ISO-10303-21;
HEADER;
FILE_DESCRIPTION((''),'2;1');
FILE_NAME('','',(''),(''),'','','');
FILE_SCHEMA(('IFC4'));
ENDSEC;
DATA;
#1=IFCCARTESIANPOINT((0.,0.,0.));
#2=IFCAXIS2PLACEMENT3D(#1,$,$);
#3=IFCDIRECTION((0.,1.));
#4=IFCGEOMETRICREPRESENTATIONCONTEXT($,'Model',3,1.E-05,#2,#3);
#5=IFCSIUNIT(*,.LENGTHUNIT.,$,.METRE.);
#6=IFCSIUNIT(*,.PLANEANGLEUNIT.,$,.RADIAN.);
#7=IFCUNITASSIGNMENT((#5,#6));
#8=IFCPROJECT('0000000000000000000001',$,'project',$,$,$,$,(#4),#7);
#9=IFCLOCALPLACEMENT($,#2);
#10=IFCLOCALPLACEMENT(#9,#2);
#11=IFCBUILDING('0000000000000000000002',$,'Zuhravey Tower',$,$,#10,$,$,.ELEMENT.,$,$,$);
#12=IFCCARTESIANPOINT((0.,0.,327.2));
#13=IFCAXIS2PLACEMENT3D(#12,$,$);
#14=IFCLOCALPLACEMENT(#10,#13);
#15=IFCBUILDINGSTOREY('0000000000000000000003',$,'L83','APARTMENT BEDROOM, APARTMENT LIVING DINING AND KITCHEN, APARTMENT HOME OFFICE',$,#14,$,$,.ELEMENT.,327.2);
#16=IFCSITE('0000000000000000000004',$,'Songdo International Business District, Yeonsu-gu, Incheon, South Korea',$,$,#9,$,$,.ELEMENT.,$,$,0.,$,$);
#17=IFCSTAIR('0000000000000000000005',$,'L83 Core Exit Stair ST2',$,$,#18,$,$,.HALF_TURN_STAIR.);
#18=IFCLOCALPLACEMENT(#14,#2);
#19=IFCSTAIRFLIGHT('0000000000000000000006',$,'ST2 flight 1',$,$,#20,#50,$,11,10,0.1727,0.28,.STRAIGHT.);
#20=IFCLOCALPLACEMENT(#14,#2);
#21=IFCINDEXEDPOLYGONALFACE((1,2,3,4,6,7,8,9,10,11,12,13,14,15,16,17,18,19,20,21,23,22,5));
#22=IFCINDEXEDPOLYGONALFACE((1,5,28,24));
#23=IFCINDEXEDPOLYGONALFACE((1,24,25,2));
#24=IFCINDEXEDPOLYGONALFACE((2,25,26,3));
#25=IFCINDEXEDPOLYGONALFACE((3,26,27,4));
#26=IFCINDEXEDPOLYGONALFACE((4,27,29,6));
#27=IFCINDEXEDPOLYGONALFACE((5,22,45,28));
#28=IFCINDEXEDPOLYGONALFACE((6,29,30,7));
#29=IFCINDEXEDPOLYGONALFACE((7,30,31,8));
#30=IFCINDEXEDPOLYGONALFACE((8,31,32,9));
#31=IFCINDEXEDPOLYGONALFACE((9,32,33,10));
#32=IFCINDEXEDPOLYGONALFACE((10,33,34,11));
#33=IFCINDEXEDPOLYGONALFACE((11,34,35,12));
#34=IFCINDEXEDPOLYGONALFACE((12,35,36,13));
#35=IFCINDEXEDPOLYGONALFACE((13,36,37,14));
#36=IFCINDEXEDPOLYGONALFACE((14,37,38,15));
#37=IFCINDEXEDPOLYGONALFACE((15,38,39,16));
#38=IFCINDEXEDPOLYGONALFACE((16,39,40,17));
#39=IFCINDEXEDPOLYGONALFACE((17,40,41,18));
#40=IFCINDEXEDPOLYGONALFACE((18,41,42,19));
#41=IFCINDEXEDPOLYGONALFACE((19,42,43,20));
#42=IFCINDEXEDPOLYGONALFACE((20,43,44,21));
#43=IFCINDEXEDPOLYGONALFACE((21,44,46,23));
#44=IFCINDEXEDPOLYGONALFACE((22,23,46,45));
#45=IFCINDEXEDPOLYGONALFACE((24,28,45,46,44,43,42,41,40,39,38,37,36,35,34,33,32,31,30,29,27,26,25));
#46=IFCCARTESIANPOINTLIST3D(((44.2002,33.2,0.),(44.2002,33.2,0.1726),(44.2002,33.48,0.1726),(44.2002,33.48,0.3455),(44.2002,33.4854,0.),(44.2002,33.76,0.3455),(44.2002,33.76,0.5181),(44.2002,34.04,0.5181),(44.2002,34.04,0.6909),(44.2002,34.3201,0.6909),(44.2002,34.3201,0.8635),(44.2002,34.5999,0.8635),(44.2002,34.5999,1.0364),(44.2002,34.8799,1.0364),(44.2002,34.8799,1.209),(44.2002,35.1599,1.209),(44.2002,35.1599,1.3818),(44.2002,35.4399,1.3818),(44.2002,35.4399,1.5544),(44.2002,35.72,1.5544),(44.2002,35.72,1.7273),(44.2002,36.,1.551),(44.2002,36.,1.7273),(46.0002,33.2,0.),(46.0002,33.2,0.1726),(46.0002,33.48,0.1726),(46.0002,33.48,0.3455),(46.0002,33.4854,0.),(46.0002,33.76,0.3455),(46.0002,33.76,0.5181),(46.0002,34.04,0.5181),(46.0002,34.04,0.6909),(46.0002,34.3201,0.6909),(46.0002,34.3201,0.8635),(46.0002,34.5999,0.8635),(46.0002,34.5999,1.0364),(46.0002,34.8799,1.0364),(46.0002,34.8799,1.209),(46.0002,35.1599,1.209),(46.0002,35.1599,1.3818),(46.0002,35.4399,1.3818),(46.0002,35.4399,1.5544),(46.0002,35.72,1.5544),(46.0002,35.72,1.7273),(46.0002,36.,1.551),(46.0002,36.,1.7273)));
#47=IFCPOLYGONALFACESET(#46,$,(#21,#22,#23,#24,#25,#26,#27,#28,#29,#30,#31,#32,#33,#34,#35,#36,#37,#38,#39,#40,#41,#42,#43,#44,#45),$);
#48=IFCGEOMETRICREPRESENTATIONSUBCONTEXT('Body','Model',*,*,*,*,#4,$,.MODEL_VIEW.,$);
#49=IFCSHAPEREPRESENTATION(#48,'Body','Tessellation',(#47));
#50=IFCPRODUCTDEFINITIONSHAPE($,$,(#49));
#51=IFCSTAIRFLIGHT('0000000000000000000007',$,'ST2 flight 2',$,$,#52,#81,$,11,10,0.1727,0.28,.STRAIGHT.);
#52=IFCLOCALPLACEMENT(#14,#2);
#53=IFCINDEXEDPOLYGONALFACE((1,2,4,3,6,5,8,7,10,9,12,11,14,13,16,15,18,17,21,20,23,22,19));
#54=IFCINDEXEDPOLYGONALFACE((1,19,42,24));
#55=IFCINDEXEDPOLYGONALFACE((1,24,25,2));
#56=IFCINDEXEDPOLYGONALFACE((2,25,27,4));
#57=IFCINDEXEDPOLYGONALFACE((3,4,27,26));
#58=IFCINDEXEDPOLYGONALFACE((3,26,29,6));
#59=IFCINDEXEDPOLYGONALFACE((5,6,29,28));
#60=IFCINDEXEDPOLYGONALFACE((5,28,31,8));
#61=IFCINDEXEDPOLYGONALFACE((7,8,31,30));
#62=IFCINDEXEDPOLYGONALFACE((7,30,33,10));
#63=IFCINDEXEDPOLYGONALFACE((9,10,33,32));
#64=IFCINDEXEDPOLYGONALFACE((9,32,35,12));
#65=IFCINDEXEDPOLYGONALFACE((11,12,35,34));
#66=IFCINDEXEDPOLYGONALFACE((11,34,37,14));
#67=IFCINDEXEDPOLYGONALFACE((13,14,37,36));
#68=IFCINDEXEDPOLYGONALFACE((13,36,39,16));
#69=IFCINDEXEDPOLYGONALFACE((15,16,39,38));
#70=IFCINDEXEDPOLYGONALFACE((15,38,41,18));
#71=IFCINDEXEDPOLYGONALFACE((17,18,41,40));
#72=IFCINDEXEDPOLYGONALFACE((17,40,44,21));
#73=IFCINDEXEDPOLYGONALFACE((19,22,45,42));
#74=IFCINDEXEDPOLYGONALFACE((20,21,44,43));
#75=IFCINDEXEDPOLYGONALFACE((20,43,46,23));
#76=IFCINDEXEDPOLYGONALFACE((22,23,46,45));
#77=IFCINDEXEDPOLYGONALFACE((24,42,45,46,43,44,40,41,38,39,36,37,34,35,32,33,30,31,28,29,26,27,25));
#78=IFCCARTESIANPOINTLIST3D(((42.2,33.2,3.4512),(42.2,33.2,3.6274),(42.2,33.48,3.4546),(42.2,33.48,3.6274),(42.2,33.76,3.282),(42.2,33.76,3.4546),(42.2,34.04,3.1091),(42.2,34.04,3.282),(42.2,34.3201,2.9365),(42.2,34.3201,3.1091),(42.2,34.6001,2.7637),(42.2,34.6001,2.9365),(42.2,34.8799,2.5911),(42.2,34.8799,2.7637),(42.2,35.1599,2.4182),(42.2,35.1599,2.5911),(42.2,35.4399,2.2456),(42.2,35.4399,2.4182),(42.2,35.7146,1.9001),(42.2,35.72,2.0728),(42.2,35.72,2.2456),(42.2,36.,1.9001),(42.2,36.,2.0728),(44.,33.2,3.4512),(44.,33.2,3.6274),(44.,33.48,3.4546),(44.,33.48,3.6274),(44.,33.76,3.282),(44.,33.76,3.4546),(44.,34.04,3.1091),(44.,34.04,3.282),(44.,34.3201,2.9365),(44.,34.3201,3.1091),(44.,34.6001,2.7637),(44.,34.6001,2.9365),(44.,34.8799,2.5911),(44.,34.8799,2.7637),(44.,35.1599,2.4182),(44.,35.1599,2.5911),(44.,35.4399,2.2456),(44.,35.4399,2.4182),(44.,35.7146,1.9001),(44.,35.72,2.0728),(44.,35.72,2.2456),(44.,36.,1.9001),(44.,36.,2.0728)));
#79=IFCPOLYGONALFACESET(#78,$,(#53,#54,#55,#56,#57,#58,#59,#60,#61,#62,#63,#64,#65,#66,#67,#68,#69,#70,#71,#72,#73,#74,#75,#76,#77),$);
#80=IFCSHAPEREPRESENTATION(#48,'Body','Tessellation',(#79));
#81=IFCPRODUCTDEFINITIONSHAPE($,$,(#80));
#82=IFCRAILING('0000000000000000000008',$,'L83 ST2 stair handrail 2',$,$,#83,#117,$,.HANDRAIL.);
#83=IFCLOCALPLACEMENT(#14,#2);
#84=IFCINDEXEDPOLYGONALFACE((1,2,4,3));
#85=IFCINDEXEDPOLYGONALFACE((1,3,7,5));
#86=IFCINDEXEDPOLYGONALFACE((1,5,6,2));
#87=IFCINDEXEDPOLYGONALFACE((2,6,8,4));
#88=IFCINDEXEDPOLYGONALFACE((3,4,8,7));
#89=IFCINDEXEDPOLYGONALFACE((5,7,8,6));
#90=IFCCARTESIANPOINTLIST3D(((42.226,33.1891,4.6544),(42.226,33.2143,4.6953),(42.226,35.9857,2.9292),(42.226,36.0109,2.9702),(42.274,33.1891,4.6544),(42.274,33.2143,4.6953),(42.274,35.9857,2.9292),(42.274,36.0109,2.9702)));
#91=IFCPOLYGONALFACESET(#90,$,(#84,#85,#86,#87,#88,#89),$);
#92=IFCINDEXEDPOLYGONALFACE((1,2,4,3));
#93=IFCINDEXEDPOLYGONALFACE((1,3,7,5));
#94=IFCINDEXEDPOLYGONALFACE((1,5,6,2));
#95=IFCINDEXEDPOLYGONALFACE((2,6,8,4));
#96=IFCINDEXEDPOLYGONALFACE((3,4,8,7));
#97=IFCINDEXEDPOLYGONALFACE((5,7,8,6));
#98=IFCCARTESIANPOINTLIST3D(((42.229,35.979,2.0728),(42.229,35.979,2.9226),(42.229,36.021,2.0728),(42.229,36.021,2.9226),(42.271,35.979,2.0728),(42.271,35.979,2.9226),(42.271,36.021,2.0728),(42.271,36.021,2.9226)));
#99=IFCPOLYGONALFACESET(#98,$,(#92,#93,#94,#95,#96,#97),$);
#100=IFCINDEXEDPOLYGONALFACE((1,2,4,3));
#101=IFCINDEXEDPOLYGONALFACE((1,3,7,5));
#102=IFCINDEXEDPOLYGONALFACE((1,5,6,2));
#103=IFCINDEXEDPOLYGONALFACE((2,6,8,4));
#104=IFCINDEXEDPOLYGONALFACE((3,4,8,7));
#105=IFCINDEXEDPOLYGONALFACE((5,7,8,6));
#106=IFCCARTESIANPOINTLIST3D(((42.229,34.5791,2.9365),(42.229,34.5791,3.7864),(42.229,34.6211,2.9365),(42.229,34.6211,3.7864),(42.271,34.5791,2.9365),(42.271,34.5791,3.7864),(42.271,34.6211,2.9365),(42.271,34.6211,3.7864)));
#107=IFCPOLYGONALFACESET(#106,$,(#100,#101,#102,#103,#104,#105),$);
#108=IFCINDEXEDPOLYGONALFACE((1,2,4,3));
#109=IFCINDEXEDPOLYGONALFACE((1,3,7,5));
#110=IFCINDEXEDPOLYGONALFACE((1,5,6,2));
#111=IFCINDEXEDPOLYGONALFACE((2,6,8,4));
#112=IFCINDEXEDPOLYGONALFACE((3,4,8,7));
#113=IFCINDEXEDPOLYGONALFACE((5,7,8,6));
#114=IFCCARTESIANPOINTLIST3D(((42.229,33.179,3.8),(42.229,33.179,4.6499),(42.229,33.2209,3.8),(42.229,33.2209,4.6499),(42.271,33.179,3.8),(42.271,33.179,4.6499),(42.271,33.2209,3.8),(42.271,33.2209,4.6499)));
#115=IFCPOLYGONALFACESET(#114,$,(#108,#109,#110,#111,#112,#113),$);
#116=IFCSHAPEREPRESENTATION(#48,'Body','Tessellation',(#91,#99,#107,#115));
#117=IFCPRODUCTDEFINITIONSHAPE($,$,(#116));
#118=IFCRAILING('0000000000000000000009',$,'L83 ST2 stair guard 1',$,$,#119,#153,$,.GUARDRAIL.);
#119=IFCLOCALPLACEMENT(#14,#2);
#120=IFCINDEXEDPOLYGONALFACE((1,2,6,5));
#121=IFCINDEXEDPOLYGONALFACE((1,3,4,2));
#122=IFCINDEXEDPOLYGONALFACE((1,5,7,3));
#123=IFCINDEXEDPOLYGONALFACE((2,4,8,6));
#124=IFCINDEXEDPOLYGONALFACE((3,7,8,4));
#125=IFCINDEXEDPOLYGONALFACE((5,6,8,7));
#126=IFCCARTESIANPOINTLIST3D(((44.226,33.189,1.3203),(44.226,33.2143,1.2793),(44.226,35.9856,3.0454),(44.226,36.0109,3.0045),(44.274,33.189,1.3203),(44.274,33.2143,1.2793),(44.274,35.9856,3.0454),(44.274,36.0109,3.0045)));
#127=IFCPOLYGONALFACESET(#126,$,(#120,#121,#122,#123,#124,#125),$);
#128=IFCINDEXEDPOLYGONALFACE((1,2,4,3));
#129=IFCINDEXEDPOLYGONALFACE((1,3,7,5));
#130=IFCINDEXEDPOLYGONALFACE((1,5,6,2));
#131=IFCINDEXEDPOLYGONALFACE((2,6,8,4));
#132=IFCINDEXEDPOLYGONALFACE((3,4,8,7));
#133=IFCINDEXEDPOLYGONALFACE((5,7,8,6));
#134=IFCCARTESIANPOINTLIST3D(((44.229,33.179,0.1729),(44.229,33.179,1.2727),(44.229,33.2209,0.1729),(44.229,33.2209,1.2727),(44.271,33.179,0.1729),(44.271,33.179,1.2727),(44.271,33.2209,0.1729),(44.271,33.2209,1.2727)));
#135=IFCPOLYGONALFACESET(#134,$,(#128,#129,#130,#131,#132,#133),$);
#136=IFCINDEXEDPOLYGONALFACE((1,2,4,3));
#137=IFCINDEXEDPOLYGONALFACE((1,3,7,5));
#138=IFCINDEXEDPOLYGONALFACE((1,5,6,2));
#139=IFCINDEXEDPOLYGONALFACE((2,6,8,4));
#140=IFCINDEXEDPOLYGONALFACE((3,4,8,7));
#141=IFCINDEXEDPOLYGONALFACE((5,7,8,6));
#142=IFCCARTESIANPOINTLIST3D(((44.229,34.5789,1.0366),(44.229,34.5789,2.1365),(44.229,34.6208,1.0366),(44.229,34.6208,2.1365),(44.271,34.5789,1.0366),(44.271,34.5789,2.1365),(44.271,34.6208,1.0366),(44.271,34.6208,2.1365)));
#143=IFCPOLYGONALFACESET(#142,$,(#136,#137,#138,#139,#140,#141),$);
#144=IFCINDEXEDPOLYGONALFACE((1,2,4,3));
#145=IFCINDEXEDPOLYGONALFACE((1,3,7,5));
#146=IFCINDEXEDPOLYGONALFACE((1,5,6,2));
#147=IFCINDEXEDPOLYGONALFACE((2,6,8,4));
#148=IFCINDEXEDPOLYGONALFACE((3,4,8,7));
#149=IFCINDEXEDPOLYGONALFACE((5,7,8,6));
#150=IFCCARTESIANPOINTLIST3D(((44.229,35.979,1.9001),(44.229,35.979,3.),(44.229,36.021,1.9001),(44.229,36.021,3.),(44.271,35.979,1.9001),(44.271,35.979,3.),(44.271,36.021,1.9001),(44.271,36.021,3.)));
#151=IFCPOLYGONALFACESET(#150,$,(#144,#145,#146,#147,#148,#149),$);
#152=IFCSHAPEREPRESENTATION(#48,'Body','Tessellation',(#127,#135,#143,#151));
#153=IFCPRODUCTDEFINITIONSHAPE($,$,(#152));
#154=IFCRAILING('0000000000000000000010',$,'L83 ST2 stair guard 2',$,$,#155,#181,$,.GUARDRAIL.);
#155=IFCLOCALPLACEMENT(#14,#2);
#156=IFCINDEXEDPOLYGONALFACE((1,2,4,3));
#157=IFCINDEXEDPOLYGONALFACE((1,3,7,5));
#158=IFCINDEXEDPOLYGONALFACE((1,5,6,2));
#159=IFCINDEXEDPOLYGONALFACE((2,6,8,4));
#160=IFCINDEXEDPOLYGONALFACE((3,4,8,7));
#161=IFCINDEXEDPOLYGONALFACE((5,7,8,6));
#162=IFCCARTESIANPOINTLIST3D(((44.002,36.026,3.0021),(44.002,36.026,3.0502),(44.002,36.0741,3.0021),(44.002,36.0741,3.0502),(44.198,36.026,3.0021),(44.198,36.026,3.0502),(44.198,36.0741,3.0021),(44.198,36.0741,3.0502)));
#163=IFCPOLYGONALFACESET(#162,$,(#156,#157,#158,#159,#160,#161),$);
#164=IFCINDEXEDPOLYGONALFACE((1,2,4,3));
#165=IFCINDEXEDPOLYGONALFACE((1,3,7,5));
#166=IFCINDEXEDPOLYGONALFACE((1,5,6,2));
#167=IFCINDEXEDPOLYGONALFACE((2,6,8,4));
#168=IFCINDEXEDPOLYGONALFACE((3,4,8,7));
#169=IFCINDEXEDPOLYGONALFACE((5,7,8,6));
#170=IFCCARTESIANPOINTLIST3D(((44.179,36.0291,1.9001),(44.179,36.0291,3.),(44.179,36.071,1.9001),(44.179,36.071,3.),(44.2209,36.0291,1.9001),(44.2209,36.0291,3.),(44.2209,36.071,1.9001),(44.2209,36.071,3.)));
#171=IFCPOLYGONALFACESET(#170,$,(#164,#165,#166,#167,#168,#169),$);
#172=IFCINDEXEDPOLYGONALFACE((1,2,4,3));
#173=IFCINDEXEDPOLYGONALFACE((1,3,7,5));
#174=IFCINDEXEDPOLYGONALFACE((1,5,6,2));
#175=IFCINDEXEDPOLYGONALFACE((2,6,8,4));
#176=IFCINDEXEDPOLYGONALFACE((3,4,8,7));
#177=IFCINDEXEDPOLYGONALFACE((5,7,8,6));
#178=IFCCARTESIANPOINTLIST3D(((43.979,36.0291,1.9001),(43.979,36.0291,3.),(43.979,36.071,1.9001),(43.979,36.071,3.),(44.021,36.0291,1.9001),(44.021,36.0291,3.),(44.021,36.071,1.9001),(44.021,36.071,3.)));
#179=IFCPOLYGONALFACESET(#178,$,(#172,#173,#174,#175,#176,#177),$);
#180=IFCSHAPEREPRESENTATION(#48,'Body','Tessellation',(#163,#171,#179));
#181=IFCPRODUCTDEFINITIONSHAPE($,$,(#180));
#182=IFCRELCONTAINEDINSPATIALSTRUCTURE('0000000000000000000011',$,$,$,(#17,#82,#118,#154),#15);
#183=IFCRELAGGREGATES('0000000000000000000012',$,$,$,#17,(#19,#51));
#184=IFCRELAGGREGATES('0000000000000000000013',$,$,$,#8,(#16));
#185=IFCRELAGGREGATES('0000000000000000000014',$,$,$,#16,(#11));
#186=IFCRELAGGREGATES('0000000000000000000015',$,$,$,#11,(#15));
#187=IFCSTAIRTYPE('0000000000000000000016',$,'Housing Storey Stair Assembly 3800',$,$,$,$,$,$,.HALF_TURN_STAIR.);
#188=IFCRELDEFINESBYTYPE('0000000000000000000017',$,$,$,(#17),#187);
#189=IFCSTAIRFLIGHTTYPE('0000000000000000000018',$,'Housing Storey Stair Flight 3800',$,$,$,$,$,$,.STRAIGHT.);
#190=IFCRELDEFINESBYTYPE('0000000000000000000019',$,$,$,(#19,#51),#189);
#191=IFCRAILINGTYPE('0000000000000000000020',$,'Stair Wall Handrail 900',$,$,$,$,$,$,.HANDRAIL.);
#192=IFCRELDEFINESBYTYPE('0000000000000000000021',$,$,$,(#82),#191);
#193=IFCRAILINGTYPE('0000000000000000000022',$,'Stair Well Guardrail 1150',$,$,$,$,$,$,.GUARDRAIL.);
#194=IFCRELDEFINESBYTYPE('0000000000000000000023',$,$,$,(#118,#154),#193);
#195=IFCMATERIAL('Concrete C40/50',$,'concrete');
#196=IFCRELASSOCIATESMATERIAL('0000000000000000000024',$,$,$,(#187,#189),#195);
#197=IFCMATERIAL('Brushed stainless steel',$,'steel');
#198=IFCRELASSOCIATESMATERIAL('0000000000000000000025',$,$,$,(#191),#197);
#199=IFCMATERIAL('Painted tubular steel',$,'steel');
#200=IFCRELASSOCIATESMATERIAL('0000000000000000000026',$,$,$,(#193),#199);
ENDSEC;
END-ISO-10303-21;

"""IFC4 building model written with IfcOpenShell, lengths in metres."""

from ifc_helpers import new_model, si_unit, direction, frame, origin, origin_2d, place, context, subcontext, project, spatial, polyline, rectangle, outline, extrude, material, type_object, element, aggregate, save


model = new_model("IFC4")

# Units and contexts
model_context = context("Model", 3, precision=1e-05, world=origin(), true_north=direction((0.0, 1.0)))
body_context = subcontext(model_context, "Body", "Model", "MODEL_VIEW")
ifc_project = project(units=[si_unit("LENGTHUNIT", "METRE"), si_unit("PLANEANGLEUNIT", "RADIAN")], contexts=[model_context])

# Site, building, storey
site_placement = place(None, origin())
site = spatial("IfcSite", under=ifc_project, at=site_placement, Name="Songdo International Business District, Yeonsu-gu, Incheon, South Korea", CompositionType="ELEMENT", RefElevation=0.0)
building_placement = place(site_placement, origin())
building = spatial("IfcBuilding", under=site, at=building_placement, Name="Zuhravey Tower", CompositionType="ELEMENT")
storey_placement = place(building_placement, frame((0.0, 0.0, 327.2)))
storey = spatial("IfcBuildingStorey", under=building, at=storey_placement, Name="L83", Description="APARTMENT BEDROOM, APARTMENT LIVING DINING AND KITCHEN, APARTMENT HOME OFFICE", CompositionType="ELEMENT", Elevation=327.2)

# Shared definitions
ifc_material_1 = material(Name="Brushed stainless steel", Category="steel")

# Stair, stair flights
ifc_material_2 = material(Name="Concrete C40/50", Category="concrete")
stair_type = type_object("IfcStairType", Name="Housing Storey Stair Assembly 3800", PredefinedType="HALF_TURN_STAIR", material=ifc_material_2)
stair_placement = place(storey_placement, origin())
stair = element("IfcStair", 1, at=stair_placement, inside=storey, type_object=stair_type, Name="L83 Core Exit Stair ST2", PredefinedType="HALF_TURN_STAIR")
stair_flight_type = type_object("IfcStairFlightType", Name="Housing Storey Stair Flight 3800", PredefinedType="STRAIGHT", material=ifc_material_2)
stair_flight_1_placement = place(storey_placement, frame((45.1001, 33.2, 0.0), z_axis=(0.0, 0.0, 1.0), x_axis=(0.0, 1.0, 0.0)))
stair_flight_1 = element("IfcStairFlight", 2, at=stair_flight_1_placement, type_object=stair_flight_type, Name="ST2 flight 1", NumberOfRisers=11, NumberOfTreads=10, PredefinedType="STRAIGHT", RiserHeight=0.1727, TreadLength=0.28, context=body_context, shape_type="SweptSolid", body=[
    extrude(outline(polyline([(0.0, 0.0), (0.0, 0.1726), (0.28, 0.1726), (0.28, 0.3455), (0.5601, 0.3455), (0.5601, 0.5181), (0.8401, 0.5181), (0.8401, 0.6909), (1.1201, 0.6909), (1.1201, 0.8635), (1.3999, 0.8635), (1.3999, 1.0364), (1.6799, 1.0364), (1.6799, 1.209), (1.96, 1.209), (1.96, 1.3818), (2.24, 1.3818), (2.24, 1.5544), (2.52, 1.5544), (2.52, 1.7273), (2.8, 1.7273), (2.8, 1.8999), (2.8, 1.551), (0.2854, 0.0), (0.0, 0.0)])), frame((0.0, 0.8999, 0.0), z_axis=(0.0, -1.0, 0.0), x_axis=(1.0, 0.0, 0.0)), (0.0, 0.0, 1.0), 1.8),
])
stair_flight_2_placement = place(storey_placement, frame((43.1001, 36.0, 1.9001), z_axis=(0.0, 0.0, 1.0), x_axis=(0.0, -1.0, 0.0)))
stair_flight_2 = element("IfcStairFlight", 3, at=stair_flight_2_placement, type_object=stair_flight_type, Name="ST2 flight 2", NumberOfRisers=11, NumberOfTreads=10, PredefinedType="STRAIGHT", RiserHeight=0.1727, TreadLength=0.28, context=body_context, shape_type="SweptSolid", body=[
    extrude(outline(polyline([(0.0, 0.0), (0.0, 0.1726), (0.28, 0.1726), (0.28, 0.3455), (0.5601, 0.3455), (0.5601, 0.5181), (0.8401, 0.5181), (0.8401, 0.6909), (1.1201, 0.6909), (1.1201, 0.8635), (1.3999, 0.8635), (1.3999, 1.0364), (1.6799, 1.0364), (1.6799, 1.209), (1.96, 1.209), (1.96, 1.3818), (2.24, 1.3818), (2.24, 1.5544), (2.52, 1.5544), (2.52, 1.7273), (2.8, 1.7273), (2.8, 1.8999), (2.8, 1.551), (0.2854, 0.0), (0.0, 0.0)])), frame((0.0, 0.8999, 0.0), z_axis=(0.0, -1.0, 0.0), x_axis=(1.0, 0.0, 0.0)), (0.0, 0.0, 1.0), 1.8),
])
aggregate(stair, [stair_flight_1, stair_flight_2])

# Railings
railing_type_1 = type_object("IfcRailingType", Name="Stair Wall Handrail 900", PredefinedType="HANDRAIL", material=ifc_material_1)
railing_1_placement = place(storey_placement, frame((42.25, 36.0, 2.0728)))
element("IfcRailing", 4, at=railing_1_placement, inside=storey, type_object=railing_type_1, Name="L83 ST2 stair handrail 2", PredefinedType="HANDRAIL", context=body_context, shape_type="SweptSolid", body=[
    extrude(rectangle(XDim=0.0481, YDim=0.0481, at=origin_2d()), frame((0.0, -0.0017, 0.877), z_axis=(0.0, -0.85109, 0.52502), x_axis=(1.0, 0.0, 0.0)), (0.0, 0.0, 1.0), 3.2859),
    extrude(rectangle(XDim=0.042, YDim=0.042, at=origin_2d()), origin(), (0.0, 0.0, 1.0), 0.8499),
    extrude(rectangle(XDim=0.042, YDim=0.042, at=origin_2d()), frame((0.0, -1.3999, 0.8638)), (0.0, 0.0, 1.0), 0.8499),
    extrude(rectangle(XDim=0.042, YDim=0.042, at=origin_2d()), frame((0.0, -2.8, 1.7273)), (0.0, 0.0, 1.0), 0.8499),
])
ifc_material_3 = material(Name="Painted tubular steel", Category="steel")
railing_type_2 = type_object("IfcRailingType", Name="Stair Well Guardrail 1150", PredefinedType="GUARDRAIL", material=ifc_material_3)
railing_2_placement = place(storey_placement, frame((44.25, 33.2, 0.1729)))
element("IfcRailing", 5, at=railing_2_placement, inside=storey, type_object=railing_type_2, Name="L83 ST2 stair guard 1", PredefinedType="GUARDRAIL", context=body_context, shape_type="SweptSolid", body=[
    extrude(rectangle(XDim=0.0481, YDim=0.0481, at=origin_2d()), frame((0.0, 0.0017, 1.127), z_axis=(0.0, 0.85109, 0.52502), x_axis=(-1.0, 0.0, 0.0)), (0.0, 0.0, 1.0), 3.2859),
    extrude(rectangle(XDim=0.042, YDim=0.042, at=origin_2d()), origin(), (0.0, 0.0, 1.0), 1.0999),
    extrude(rectangle(XDim=0.042, YDim=0.042, at=origin_2d()), frame((0.0, 1.3999, 0.8638)), (0.0, 0.0, 1.0), 1.0999),
    extrude(rectangle(XDim=0.042, YDim=0.042, at=origin_2d()), frame((0.0, 2.8, 1.7273)), (0.0, 0.0, 1.0), 1.0999),
])
railing_3_placement = place(storey_placement, frame((44.2, 36.05, 1.9001)))
element("IfcRailing", 6, at=railing_3_placement, inside=storey, type_object=railing_type_2, Name="L83 ST2 stair guard 2", PredefinedType="GUARDRAIL", context=body_context, shape_type="SweptSolid", body=[
    extrude(rectangle(XDim=0.0481, YDim=0.0481, at=origin_2d()), frame((-0.002, 0.0, 1.126), z_axis=(-1.0, 0.0, 0.0), x_axis=(0.0, -1.0, 0.0)), (0.0, 0.0, 1.0), 0.196),
    extrude(rectangle(XDim=0.042, YDim=0.042, at=origin_2d()), origin(), (0.0, 0.0, 1.0), 1.0999),
    extrude(rectangle(XDim=0.042, YDim=0.042, at=origin_2d()), frame((-0.2, 0.0, 0.0)), (0.0, 0.0, 1.0), 1.0999),
])

save(model, "model.ifc")
